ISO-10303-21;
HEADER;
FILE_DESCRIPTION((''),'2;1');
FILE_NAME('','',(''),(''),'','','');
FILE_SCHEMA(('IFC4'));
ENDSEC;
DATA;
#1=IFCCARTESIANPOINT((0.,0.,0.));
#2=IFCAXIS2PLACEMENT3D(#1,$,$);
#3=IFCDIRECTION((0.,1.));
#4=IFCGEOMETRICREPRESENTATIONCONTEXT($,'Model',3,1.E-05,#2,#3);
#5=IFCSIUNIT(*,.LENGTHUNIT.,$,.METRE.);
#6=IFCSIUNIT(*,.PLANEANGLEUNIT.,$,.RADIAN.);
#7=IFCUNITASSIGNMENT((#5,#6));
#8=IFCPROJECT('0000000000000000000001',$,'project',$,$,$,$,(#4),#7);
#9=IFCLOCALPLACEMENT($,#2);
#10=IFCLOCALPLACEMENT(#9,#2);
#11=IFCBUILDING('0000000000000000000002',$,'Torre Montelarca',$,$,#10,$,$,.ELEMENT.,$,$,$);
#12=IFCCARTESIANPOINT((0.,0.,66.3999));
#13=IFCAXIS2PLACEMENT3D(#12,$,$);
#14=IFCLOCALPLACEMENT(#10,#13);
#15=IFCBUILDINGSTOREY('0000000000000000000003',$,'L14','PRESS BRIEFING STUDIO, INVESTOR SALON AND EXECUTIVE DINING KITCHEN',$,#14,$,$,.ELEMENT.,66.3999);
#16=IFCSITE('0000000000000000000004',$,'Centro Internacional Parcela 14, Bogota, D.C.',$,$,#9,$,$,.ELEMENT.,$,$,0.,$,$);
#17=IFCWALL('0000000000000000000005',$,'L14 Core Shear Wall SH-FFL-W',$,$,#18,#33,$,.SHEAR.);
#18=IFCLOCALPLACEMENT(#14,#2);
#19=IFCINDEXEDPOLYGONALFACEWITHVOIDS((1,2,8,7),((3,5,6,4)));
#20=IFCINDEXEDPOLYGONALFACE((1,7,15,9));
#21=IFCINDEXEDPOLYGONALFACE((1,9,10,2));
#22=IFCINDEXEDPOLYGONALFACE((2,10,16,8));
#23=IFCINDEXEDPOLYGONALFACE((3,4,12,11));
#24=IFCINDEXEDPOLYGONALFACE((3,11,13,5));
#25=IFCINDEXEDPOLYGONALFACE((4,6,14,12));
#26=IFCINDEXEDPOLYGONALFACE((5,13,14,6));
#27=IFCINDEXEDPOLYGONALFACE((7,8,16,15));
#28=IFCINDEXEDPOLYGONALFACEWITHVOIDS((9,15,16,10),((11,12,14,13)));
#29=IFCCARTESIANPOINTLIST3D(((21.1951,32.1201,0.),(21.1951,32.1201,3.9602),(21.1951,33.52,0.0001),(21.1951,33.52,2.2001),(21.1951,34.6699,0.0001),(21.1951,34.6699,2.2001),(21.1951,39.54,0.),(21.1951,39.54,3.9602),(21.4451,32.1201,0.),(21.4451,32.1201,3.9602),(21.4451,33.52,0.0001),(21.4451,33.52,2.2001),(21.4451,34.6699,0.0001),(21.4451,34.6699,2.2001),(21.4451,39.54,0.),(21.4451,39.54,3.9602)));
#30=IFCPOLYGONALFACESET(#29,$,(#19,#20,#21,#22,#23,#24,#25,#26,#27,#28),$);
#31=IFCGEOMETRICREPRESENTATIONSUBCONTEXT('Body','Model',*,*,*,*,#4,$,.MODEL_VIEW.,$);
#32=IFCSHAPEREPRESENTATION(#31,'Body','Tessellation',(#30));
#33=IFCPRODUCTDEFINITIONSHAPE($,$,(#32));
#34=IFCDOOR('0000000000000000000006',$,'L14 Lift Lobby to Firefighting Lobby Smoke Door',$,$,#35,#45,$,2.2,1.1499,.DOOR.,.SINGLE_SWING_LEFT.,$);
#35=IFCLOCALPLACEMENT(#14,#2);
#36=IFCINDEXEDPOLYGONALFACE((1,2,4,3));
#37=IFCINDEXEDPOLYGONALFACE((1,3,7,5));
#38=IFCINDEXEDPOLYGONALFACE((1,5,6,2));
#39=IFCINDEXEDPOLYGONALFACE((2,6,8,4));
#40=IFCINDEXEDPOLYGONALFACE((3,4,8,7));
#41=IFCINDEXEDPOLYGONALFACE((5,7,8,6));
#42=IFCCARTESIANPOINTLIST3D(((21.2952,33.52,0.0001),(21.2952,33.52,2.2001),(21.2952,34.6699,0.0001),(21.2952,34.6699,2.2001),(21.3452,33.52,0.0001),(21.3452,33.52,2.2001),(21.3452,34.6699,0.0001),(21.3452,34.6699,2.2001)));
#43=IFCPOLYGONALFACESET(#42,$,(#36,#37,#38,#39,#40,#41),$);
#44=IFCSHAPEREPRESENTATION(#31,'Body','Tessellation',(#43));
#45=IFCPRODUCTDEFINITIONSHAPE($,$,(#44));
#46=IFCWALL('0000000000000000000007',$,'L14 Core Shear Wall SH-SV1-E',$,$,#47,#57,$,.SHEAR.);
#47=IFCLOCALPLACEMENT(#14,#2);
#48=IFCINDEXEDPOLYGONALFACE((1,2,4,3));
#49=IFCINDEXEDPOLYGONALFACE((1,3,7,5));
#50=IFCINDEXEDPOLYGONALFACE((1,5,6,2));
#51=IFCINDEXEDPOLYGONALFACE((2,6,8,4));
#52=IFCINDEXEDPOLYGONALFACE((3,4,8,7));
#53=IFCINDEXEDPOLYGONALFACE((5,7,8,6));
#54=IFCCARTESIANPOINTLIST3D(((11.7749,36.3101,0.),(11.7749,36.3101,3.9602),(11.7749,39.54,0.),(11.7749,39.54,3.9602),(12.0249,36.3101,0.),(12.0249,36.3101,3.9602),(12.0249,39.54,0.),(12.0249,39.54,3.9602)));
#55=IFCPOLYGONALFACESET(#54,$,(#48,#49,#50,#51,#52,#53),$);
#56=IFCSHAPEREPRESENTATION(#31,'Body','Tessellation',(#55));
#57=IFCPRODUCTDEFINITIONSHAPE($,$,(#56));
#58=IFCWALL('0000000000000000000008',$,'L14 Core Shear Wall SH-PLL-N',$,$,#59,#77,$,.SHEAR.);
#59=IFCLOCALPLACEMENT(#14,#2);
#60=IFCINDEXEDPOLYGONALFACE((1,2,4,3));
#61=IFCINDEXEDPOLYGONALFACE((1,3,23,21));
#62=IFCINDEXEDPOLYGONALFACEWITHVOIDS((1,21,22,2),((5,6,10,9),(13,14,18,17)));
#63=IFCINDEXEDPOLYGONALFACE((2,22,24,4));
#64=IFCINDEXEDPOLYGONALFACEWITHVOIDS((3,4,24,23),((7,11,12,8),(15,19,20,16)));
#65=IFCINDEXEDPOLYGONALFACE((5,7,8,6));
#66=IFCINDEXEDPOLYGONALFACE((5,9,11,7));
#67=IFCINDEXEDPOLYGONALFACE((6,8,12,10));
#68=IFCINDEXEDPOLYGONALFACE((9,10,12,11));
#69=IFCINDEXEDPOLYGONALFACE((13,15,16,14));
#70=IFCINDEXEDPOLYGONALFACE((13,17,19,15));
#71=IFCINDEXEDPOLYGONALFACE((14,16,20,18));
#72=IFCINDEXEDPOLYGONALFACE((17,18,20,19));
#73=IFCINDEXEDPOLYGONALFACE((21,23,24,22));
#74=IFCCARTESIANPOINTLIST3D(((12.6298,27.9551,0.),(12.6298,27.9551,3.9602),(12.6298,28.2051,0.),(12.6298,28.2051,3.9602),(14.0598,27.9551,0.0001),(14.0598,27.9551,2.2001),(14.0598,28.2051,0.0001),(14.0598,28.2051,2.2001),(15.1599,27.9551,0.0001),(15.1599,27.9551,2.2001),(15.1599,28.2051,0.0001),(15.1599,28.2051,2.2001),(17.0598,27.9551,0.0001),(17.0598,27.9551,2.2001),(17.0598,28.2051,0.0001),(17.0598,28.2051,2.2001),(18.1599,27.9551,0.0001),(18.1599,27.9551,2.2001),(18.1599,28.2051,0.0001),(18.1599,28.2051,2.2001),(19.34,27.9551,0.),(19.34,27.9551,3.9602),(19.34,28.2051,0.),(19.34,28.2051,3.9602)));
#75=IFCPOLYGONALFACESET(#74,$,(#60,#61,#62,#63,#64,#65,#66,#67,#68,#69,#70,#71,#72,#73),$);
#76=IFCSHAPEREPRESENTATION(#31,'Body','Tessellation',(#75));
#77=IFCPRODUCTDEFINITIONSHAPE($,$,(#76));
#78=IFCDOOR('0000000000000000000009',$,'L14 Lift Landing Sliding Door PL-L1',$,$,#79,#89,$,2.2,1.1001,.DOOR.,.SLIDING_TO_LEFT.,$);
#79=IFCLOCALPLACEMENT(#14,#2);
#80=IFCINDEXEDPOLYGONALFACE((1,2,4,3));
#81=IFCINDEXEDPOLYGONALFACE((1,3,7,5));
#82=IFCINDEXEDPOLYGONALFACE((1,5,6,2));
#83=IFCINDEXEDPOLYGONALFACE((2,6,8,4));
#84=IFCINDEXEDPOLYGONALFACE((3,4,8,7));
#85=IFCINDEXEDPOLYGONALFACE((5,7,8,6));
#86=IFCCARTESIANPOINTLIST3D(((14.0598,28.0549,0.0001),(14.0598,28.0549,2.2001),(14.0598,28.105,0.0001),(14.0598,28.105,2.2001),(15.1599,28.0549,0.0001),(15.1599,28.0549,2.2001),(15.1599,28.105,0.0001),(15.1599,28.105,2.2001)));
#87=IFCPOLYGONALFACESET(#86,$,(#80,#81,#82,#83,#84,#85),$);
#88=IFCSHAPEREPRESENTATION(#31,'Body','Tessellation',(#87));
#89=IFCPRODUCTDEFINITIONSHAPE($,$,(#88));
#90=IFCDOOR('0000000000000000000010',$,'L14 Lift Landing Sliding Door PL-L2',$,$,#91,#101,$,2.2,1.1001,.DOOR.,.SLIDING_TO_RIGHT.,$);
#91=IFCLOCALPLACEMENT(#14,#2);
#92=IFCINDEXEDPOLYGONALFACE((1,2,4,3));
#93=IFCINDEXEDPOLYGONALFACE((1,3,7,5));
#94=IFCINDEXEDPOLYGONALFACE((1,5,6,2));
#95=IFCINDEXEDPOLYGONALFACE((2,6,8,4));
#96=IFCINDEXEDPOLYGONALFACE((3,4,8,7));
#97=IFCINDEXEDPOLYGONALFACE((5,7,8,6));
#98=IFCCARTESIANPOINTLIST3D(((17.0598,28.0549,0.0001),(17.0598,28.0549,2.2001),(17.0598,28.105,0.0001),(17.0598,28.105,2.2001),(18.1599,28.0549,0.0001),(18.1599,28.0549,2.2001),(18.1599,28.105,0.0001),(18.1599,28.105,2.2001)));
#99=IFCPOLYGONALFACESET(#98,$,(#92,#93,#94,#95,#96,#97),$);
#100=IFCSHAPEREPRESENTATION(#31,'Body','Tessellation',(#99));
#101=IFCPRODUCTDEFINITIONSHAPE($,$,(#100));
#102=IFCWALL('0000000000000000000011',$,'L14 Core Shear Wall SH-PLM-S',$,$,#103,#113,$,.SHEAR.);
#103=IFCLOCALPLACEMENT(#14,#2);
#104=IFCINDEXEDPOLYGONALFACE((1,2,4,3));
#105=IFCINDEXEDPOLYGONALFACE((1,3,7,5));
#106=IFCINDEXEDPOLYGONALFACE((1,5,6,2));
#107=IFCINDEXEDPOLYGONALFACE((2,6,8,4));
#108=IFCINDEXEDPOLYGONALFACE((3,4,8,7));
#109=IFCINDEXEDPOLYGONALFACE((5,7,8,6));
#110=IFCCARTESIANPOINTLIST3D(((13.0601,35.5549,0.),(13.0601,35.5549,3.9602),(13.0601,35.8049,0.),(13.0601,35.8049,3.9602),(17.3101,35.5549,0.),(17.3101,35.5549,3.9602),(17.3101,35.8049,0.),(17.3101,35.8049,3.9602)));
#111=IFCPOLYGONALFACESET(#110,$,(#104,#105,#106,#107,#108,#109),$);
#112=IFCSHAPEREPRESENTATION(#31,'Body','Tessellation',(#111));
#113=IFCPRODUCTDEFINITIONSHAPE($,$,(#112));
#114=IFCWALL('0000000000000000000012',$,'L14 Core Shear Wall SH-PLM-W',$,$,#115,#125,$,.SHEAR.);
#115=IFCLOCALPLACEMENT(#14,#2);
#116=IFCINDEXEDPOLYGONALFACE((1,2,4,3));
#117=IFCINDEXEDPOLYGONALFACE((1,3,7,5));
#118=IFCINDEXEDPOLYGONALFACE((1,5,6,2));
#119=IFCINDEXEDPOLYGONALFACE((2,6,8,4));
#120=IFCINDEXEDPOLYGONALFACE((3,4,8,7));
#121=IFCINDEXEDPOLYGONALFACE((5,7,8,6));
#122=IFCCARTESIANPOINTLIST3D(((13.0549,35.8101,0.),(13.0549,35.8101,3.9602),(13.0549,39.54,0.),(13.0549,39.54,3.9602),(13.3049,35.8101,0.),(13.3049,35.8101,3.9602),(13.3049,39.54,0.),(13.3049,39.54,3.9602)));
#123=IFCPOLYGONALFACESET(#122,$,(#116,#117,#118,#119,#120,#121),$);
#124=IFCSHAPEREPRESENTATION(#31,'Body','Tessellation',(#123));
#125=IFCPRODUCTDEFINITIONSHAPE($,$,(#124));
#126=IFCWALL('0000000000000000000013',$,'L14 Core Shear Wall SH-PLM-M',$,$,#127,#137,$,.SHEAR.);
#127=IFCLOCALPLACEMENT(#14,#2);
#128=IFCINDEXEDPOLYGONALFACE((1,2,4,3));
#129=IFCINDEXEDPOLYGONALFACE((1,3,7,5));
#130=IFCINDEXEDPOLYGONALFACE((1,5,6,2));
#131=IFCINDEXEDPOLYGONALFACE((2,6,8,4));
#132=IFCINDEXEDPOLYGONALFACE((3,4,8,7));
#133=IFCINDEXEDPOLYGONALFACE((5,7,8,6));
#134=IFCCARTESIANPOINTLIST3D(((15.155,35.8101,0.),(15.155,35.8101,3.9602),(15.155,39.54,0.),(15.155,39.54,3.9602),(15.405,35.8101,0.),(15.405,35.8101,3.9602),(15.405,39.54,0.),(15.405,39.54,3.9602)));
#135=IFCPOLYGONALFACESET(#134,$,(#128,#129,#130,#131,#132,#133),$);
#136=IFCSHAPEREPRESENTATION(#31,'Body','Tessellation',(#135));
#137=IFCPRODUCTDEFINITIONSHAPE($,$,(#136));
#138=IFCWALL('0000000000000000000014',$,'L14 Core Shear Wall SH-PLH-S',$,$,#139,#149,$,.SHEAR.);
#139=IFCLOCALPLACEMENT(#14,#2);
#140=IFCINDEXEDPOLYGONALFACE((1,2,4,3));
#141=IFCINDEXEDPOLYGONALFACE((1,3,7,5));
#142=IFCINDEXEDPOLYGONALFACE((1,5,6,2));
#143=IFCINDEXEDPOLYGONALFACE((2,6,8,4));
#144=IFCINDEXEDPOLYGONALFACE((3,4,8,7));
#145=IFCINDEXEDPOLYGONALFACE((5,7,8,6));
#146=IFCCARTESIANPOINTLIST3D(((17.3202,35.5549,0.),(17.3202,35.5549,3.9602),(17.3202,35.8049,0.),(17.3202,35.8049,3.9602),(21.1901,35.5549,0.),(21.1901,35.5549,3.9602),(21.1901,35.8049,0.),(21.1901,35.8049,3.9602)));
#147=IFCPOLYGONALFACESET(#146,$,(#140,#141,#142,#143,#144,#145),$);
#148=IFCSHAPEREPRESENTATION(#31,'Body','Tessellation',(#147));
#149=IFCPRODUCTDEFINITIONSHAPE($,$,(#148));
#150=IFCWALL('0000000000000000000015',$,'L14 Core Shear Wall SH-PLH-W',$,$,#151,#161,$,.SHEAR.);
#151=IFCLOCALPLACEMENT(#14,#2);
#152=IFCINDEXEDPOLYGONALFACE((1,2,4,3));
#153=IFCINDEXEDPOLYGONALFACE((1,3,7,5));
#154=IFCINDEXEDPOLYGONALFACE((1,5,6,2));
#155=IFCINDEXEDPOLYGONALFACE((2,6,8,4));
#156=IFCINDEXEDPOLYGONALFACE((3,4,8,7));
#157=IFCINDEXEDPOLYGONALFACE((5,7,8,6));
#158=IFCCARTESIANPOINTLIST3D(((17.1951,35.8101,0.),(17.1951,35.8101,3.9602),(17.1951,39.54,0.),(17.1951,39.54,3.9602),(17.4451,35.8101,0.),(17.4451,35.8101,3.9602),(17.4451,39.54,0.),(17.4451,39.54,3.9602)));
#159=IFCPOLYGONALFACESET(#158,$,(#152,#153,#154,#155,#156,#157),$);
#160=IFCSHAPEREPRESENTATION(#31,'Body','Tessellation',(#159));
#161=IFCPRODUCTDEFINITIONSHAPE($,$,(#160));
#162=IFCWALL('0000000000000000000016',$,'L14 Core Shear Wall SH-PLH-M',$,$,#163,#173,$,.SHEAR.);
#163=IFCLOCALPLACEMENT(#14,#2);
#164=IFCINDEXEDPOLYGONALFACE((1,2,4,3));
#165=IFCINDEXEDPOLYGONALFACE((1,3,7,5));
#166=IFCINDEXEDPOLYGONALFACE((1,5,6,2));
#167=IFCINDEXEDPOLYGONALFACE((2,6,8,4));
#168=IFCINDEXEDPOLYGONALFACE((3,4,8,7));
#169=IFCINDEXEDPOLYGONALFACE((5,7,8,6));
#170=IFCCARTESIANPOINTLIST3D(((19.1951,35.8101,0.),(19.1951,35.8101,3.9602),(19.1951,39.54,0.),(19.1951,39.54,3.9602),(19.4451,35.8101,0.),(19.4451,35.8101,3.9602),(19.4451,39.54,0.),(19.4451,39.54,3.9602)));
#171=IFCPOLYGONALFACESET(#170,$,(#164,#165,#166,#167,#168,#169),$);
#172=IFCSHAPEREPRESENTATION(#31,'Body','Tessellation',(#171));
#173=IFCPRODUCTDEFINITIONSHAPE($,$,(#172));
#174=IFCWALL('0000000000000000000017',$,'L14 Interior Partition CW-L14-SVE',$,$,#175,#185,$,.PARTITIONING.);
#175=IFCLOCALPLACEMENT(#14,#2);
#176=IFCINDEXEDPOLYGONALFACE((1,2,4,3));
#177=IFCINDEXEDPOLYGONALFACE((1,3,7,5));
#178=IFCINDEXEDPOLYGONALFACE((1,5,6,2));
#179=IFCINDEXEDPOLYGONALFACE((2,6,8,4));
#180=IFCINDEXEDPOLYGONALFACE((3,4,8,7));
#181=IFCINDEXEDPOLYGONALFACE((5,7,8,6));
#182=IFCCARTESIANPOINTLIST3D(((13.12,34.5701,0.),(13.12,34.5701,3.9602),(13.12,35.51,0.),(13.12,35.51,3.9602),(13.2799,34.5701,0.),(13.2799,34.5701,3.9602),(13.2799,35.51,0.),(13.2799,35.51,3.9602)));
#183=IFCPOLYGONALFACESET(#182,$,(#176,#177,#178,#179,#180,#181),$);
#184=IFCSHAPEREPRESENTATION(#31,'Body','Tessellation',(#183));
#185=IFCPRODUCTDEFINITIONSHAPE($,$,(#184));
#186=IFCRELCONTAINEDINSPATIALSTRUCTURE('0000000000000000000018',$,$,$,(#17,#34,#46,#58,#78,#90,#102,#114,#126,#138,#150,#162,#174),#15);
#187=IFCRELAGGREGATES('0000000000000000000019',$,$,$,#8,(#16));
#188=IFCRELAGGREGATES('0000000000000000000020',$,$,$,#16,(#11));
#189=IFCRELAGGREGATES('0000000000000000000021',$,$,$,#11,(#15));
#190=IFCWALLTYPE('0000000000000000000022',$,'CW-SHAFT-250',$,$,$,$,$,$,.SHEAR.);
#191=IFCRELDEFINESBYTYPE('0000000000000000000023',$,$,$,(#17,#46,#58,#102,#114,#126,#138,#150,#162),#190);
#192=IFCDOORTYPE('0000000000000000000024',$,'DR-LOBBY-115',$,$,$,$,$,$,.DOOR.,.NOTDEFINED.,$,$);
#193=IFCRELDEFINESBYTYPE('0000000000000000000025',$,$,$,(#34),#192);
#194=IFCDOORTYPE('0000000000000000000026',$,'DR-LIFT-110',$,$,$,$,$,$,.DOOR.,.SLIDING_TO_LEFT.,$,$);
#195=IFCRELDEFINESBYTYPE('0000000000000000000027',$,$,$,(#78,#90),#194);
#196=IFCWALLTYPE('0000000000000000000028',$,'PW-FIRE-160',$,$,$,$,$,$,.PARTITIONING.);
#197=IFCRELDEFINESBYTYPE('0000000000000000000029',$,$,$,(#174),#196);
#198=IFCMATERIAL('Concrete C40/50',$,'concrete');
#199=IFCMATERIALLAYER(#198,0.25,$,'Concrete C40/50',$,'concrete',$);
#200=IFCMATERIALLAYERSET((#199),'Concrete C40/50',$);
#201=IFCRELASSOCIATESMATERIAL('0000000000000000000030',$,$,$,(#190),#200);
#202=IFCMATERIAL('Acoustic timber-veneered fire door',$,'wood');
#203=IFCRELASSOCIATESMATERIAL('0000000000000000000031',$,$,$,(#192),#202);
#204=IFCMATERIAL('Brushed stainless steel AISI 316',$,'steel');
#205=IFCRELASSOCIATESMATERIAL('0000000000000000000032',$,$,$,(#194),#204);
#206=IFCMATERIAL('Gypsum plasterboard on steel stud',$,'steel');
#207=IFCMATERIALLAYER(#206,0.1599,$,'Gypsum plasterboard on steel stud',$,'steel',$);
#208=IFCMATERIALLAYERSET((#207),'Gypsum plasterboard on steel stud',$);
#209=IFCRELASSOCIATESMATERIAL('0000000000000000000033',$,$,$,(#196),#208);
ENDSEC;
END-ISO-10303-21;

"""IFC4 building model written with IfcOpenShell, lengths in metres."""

from ifc_helpers import new_model, si_unit, direction, frame, frame_2d, origin, place, context, subcontext, project, spatial, rectangle, extrude, source, transform, mapped, material, layer, layer_set, type_object, element, fill, save


model = new_model("IFC4")

# Units and contexts
model_context = context("Model", 3, precision=1e-05, world=origin(), true_north=direction((0.0, 1.0)))
body_context = subcontext(model_context, "Body", "Model", "MODEL_VIEW")
ifc_project = project(units=[si_unit("LENGTHUNIT", "METRE"), si_unit("PLANEANGLEUNIT", "RADIAN")], contexts=[model_context])

# Site, building, storey
site_placement = place(None, origin())
site = spatial("IfcSite", under=ifc_project, at=site_placement, Name="Centro Internacional Parcela 14, Bogota, D.C.", CompositionType="ELEMENT", RefElevation=0.0)
building_placement = place(site_placement, origin())
building = spatial("IfcBuilding", under=site, at=building_placement, Name="Torre Montelarca", CompositionType="ELEMENT")
storey_placement = place(building_placement, frame((0.0, 0.0, 66.3999)))
storey = spatial("IfcBuildingStorey", under=building, at=storey_placement, Name="L14", Description="PRESS BRIEFING STUDIO, INVESTOR SALON AND EXECUTIVE DINING KITCHEN", CompositionType="ELEMENT", Elevation=66.3999)

# Wall, opening, door
ifc_material_1 = material(Name="Concrete C40/50", Category="concrete")
ifc_layer_1 = layer(ifc_material_1, 0.25, Name="Concrete C40/50", Category="concrete")
ifc_layer_set_1 = layer_set([ifc_layer_1], Name="Concrete C40/50")
wall_type_1 = type_object("IfcWallType", Name="CW-SHAFT-250", PredefinedType="SHEAR", material=ifc_layer_set_1)
wall_1_placement = place(storey_placement, frame((21.3201, 32.1201, 0.0), z_axis=(0.0, 0.0, 1.0), x_axis=(0.0, 1.0, 0.0)))
wall_1 = element("IfcWall", 1, at=wall_1_placement, inside=storey, type_object=wall_type_1, Name="L14 Core Shear Wall SH-FFL-W", PredefinedType="SHEAR", context=body_context, shape_type="SweptSolid", body=[
    extrude(rectangle(XDim=7.4199, YDim=0.25, at=frame_2d((3.71, 0.0))), origin(), (0.0, 0.0, 1.0), 3.9602),
])
opening_1_placement = place(wall_1_placement, frame((1.3999, 0.0, 0.0)))
opening_1 = element("IfcOpeningElement", 2, at=opening_1_placement, cuts=wall_1, PredefinedType="OPENING", context=body_context, shape_type="SweptSolid", body=[
    extrude(rectangle(XDim=1.1499, YDim=2.2, at=frame_2d((0.575, 1.1001))), frame((0.0, 0.135, 0.0), z_axis=(0.0, -1.0, 0.0), x_axis=(1.0, 0.0, 0.0)), (0.0, 0.0, 1.0), 0.27),
])
ifc_material_2 = material(Name="Acoustic timber-veneered fire door", Category="wood")
door_type_1 = type_object("IfcDoorType", Name="DR-LOBBY-115", OperationType="NOTDEFINED", PredefinedType="DOOR", material=ifc_material_2)
shared_shape_1 = source(origin(), body_context, "Body", "SweptSolid", [
    extrude(rectangle(XDim=1.1499, YDim=2.2, at=frame_2d((0.575, 1.1001))), frame((0.0, 0.0249, 0.0), z_axis=(0.0, -1.0, 0.0), x_axis=(1.0, 0.0, 0.0)), (0.0, 0.0, 1.0), 0.05),
])
door_1_placement = place(opening_1_placement, origin())
door_1 = element("IfcDoor", 3, at=door_1_placement, inside=storey, type_object=door_type_1, Name="L14 Lift Lobby to Firefighting Lobby Smoke Door", OperationType="SINGLE_SWING_LEFT", OverallHeight=2.2, OverallWidth=1.1499, PredefinedType="DOOR", context=body_context, shape_type="MappedRepresentation", body=[
    mapped(shared_shape_1, transform((0.0, 0.0, 0.0), scale=1.0)),
])
fill(opening_1, door_1)

# Wall
wall_2_placement = place(storey_placement, frame((11.8999, 36.3101, 0.0), z_axis=(0.0, 0.0, 1.0), x_axis=(0.0, 1.0, 0.0)))
element("IfcWall", 4, at=wall_2_placement, inside=storey, type_object=wall_type_1, Name="L14 Core Shear Wall SH-SV1-E", PredefinedType="SHEAR", context=body_context, shape_type="SweptSolid", body=[
    extrude(rectangle(XDim=3.23, YDim=0.25, at=frame_2d((1.615, 0.0))), origin(), (0.0, 0.0, 1.0), 3.9602),
])

# Wall, openings, doors
wall_3_placement = place(storey_placement, frame((12.6299, 28.0801, 0.0), z_axis=(0.0, 0.0, 1.0), x_axis=(1.0, 0.0, 0.0)))
wall_3 = element("IfcWall", 5, at=wall_3_placement, inside=storey, type_object=wall_type_1, Name="L14 Core Shear Wall SH-PLL-N", PredefinedType="SHEAR", context=body_context, shape_type="SweptSolid", body=[
    extrude(rectangle(XDim=6.7102, YDim=0.25, at=frame_2d((3.355, 0.0))), origin(), (0.0, 0.0, 1.0), 3.9602),
])
opening_2_placement = place(wall_3_placement, frame((1.4299, 0.0, 0.0)))
opening_2 = element("IfcOpeningElement", 6, at=opening_2_placement, cuts=wall_3, PredefinedType="OPENING", context=body_context, shape_type="SweptSolid", body=[
    extrude(rectangle(XDim=1.1001, YDim=2.2, at=frame_2d((0.55, 1.1001))), frame((0.0, 0.135, 0.0), z_axis=(0.0, -1.0, 0.0), x_axis=(1.0, 0.0, 0.0)), (0.0, 0.0, 1.0), 0.27),
])
opening_3_placement = place(wall_3_placement, frame((4.4299, 0.0, 0.0)))
opening_3 = element("IfcOpeningElement", 7, at=opening_3_placement, cuts=wall_3, PredefinedType="OPENING", context=body_context, shape_type="SweptSolid", body=[
    extrude(rectangle(XDim=1.1001, YDim=2.2, at=frame_2d((0.55, 1.1001))), frame((0.0, 0.135, 0.0), z_axis=(0.0, -1.0, 0.0), x_axis=(1.0, 0.0, 0.0)), (0.0, 0.0, 1.0), 0.27),
])
ifc_material_3 = material(Name="Brushed stainless steel AISI 316", Category="steel")
door_type_2 = type_object("IfcDoorType", Name="DR-LIFT-110", OperationType="SLIDING_TO_LEFT", PredefinedType="DOOR", material=ifc_material_3)
shared_shape_2 = source(origin(), body_context, "Body", "SweptSolid", [
    extrude(rectangle(XDim=1.1001, YDim=2.2, at=frame_2d((0.55, 1.1001))), frame((0.0, 0.0249, 0.0), z_axis=(0.0, -1.0, 0.0), x_axis=(1.0, 0.0, 0.0)), (0.0, 0.0, 1.0), 0.05),
])
door_2_placement = place(opening_2_placement, origin())
door_2 = element("IfcDoor", 8, at=door_2_placement, inside=storey, type_object=door_type_2, Name="L14 Lift Landing Sliding Door PL-L1", OperationType="SLIDING_TO_LEFT", OverallHeight=2.2, OverallWidth=1.1001, PredefinedType="DOOR", context=body_context, shape_type="MappedRepresentation", body=[
    mapped(shared_shape_2, transform((0.0, 0.0, 0.0), scale=1.0)),
])
fill(opening_2, door_2)
door_3_placement = place(opening_3_placement, origin())
door_3 = element("IfcDoor", 9, at=door_3_placement, inside=storey, type_object=door_type_2, Name="L14 Lift Landing Sliding Door PL-L2", OperationType="SLIDING_TO_RIGHT", OverallHeight=2.2, OverallWidth=1.1001, PredefinedType="DOOR", context=body_context, shape_type="MappedRepresentation", body=[
    mapped(shared_shape_2, transform((0.0, 0.0, 0.0), scale=1.0)),
])
fill(opening_3, door_3)

# Walls
wall_4_placement = place(storey_placement, frame((13.0601, 35.6799, 0.0), z_axis=(0.0, 0.0, 1.0), x_axis=(1.0, 0.0, 0.0)))
element("IfcWall", 10, at=wall_4_placement, inside=storey, type_object=wall_type_1, Name="L14 Core Shear Wall SH-PLM-S", PredefinedType="SHEAR", context=body_context, shape_type="SweptSolid", body=[
    extrude(rectangle(XDim=4.25, YDim=0.25, at=frame_2d((2.125, 0.0))), origin(), (0.0, 0.0, 1.0), 3.9602),
])
for number, where, z_axis, x_axis, name in (
    (11, (13.1799, 35.8101, 0.0), (0.0, 0.0, 1.0), (0.0, 1.0, 0.0), "L14 Core Shear Wall SH-PLM-W"),
    (12, (15.28, 35.8101, 0.0), (0.0, 0.0, 1.0), (0.0, 1.0, 0.0), "L14 Core Shear Wall SH-PLM-M"),
):
    element("IfcWall", number, at=place(storey_placement, frame(where, z_axis=z_axis, x_axis=x_axis)), inside=storey, type_object=wall_type_1, Name=name, PredefinedType="SHEAR", context=body_context, shape_type="SweptSolid", body=[
        extrude(rectangle(XDim=3.73, YDim=0.25, at=frame_2d((1.865, 0.0))), origin(), (0.0, 0.0, 1.0), 3.9602),
    ])
wall_5_placement = place(storey_placement, frame((17.3201, 35.6799, 0.0), z_axis=(0.0, 0.0, 1.0), x_axis=(1.0, 0.0, 0.0)))
element("IfcWall", 13, at=wall_5_placement, inside=storey, type_object=wall_type_1, Name="L14 Core Shear Wall SH-PLH-S", PredefinedType="SHEAR", context=body_context, shape_type="SweptSolid", body=[
    extrude(rectangle(XDim=3.8699, YDim=0.25, at=frame_2d((1.9351, 0.0))), origin(), (0.0, 0.0, 1.0), 3.9602),
])
for number, where, z_axis, x_axis, name in (
    (14, (17.3201, 35.8101, 0.0), (0.0, 0.0, 1.0), (0.0, 1.0, 0.0), "L14 Core Shear Wall SH-PLH-W"),
    (15, (19.3201, 35.8101, 0.0), (0.0, 0.0, 1.0), (0.0, 1.0, 0.0), "L14 Core Shear Wall SH-PLH-M"),
):
    element("IfcWall", number, at=place(storey_placement, frame(where, z_axis=z_axis, x_axis=x_axis)), inside=storey, type_object=wall_type_1, Name=name, PredefinedType="SHEAR", context=body_context, shape_type="SweptSolid", body=[
        extrude(rectangle(XDim=3.73, YDim=0.25, at=frame_2d((1.865, 0.0))), origin(), (0.0, 0.0, 1.0), 3.9602),
    ])
ifc_material_4 = material(Name="Gypsum plasterboard on steel stud", Category="steel")
ifc_layer_2 = layer(ifc_material_4, 0.1599, Name="Gypsum plasterboard on steel stud", Category="steel")
ifc_layer_set_2 = layer_set([ifc_layer_2], Name="Gypsum plasterboard on steel stud")
wall_type_2 = type_object("IfcWallType", Name="PW-FIRE-160", PredefinedType="PARTITIONING", material=ifc_layer_set_2)
wall_6_placement = place(storey_placement, frame((13.2, 34.5701, 0.0), z_axis=(0.0, 0.0, 1.0), x_axis=(0.0, 1.0, 0.0)))
element("IfcWall", 16, at=wall_6_placement, inside=storey, type_object=wall_type_2, Name="L14 Interior Partition CW-L14-SVE", PredefinedType="PARTITIONING", context=body_context, shape_type="SweptSolid", body=[
    extrude(rectangle(XDim=0.9399, YDim=0.1599, at=frame_2d((0.47, 0.0))), origin(), (0.0, 0.0, 1.0), 3.9602),
])

save(model, "model.ifc")
